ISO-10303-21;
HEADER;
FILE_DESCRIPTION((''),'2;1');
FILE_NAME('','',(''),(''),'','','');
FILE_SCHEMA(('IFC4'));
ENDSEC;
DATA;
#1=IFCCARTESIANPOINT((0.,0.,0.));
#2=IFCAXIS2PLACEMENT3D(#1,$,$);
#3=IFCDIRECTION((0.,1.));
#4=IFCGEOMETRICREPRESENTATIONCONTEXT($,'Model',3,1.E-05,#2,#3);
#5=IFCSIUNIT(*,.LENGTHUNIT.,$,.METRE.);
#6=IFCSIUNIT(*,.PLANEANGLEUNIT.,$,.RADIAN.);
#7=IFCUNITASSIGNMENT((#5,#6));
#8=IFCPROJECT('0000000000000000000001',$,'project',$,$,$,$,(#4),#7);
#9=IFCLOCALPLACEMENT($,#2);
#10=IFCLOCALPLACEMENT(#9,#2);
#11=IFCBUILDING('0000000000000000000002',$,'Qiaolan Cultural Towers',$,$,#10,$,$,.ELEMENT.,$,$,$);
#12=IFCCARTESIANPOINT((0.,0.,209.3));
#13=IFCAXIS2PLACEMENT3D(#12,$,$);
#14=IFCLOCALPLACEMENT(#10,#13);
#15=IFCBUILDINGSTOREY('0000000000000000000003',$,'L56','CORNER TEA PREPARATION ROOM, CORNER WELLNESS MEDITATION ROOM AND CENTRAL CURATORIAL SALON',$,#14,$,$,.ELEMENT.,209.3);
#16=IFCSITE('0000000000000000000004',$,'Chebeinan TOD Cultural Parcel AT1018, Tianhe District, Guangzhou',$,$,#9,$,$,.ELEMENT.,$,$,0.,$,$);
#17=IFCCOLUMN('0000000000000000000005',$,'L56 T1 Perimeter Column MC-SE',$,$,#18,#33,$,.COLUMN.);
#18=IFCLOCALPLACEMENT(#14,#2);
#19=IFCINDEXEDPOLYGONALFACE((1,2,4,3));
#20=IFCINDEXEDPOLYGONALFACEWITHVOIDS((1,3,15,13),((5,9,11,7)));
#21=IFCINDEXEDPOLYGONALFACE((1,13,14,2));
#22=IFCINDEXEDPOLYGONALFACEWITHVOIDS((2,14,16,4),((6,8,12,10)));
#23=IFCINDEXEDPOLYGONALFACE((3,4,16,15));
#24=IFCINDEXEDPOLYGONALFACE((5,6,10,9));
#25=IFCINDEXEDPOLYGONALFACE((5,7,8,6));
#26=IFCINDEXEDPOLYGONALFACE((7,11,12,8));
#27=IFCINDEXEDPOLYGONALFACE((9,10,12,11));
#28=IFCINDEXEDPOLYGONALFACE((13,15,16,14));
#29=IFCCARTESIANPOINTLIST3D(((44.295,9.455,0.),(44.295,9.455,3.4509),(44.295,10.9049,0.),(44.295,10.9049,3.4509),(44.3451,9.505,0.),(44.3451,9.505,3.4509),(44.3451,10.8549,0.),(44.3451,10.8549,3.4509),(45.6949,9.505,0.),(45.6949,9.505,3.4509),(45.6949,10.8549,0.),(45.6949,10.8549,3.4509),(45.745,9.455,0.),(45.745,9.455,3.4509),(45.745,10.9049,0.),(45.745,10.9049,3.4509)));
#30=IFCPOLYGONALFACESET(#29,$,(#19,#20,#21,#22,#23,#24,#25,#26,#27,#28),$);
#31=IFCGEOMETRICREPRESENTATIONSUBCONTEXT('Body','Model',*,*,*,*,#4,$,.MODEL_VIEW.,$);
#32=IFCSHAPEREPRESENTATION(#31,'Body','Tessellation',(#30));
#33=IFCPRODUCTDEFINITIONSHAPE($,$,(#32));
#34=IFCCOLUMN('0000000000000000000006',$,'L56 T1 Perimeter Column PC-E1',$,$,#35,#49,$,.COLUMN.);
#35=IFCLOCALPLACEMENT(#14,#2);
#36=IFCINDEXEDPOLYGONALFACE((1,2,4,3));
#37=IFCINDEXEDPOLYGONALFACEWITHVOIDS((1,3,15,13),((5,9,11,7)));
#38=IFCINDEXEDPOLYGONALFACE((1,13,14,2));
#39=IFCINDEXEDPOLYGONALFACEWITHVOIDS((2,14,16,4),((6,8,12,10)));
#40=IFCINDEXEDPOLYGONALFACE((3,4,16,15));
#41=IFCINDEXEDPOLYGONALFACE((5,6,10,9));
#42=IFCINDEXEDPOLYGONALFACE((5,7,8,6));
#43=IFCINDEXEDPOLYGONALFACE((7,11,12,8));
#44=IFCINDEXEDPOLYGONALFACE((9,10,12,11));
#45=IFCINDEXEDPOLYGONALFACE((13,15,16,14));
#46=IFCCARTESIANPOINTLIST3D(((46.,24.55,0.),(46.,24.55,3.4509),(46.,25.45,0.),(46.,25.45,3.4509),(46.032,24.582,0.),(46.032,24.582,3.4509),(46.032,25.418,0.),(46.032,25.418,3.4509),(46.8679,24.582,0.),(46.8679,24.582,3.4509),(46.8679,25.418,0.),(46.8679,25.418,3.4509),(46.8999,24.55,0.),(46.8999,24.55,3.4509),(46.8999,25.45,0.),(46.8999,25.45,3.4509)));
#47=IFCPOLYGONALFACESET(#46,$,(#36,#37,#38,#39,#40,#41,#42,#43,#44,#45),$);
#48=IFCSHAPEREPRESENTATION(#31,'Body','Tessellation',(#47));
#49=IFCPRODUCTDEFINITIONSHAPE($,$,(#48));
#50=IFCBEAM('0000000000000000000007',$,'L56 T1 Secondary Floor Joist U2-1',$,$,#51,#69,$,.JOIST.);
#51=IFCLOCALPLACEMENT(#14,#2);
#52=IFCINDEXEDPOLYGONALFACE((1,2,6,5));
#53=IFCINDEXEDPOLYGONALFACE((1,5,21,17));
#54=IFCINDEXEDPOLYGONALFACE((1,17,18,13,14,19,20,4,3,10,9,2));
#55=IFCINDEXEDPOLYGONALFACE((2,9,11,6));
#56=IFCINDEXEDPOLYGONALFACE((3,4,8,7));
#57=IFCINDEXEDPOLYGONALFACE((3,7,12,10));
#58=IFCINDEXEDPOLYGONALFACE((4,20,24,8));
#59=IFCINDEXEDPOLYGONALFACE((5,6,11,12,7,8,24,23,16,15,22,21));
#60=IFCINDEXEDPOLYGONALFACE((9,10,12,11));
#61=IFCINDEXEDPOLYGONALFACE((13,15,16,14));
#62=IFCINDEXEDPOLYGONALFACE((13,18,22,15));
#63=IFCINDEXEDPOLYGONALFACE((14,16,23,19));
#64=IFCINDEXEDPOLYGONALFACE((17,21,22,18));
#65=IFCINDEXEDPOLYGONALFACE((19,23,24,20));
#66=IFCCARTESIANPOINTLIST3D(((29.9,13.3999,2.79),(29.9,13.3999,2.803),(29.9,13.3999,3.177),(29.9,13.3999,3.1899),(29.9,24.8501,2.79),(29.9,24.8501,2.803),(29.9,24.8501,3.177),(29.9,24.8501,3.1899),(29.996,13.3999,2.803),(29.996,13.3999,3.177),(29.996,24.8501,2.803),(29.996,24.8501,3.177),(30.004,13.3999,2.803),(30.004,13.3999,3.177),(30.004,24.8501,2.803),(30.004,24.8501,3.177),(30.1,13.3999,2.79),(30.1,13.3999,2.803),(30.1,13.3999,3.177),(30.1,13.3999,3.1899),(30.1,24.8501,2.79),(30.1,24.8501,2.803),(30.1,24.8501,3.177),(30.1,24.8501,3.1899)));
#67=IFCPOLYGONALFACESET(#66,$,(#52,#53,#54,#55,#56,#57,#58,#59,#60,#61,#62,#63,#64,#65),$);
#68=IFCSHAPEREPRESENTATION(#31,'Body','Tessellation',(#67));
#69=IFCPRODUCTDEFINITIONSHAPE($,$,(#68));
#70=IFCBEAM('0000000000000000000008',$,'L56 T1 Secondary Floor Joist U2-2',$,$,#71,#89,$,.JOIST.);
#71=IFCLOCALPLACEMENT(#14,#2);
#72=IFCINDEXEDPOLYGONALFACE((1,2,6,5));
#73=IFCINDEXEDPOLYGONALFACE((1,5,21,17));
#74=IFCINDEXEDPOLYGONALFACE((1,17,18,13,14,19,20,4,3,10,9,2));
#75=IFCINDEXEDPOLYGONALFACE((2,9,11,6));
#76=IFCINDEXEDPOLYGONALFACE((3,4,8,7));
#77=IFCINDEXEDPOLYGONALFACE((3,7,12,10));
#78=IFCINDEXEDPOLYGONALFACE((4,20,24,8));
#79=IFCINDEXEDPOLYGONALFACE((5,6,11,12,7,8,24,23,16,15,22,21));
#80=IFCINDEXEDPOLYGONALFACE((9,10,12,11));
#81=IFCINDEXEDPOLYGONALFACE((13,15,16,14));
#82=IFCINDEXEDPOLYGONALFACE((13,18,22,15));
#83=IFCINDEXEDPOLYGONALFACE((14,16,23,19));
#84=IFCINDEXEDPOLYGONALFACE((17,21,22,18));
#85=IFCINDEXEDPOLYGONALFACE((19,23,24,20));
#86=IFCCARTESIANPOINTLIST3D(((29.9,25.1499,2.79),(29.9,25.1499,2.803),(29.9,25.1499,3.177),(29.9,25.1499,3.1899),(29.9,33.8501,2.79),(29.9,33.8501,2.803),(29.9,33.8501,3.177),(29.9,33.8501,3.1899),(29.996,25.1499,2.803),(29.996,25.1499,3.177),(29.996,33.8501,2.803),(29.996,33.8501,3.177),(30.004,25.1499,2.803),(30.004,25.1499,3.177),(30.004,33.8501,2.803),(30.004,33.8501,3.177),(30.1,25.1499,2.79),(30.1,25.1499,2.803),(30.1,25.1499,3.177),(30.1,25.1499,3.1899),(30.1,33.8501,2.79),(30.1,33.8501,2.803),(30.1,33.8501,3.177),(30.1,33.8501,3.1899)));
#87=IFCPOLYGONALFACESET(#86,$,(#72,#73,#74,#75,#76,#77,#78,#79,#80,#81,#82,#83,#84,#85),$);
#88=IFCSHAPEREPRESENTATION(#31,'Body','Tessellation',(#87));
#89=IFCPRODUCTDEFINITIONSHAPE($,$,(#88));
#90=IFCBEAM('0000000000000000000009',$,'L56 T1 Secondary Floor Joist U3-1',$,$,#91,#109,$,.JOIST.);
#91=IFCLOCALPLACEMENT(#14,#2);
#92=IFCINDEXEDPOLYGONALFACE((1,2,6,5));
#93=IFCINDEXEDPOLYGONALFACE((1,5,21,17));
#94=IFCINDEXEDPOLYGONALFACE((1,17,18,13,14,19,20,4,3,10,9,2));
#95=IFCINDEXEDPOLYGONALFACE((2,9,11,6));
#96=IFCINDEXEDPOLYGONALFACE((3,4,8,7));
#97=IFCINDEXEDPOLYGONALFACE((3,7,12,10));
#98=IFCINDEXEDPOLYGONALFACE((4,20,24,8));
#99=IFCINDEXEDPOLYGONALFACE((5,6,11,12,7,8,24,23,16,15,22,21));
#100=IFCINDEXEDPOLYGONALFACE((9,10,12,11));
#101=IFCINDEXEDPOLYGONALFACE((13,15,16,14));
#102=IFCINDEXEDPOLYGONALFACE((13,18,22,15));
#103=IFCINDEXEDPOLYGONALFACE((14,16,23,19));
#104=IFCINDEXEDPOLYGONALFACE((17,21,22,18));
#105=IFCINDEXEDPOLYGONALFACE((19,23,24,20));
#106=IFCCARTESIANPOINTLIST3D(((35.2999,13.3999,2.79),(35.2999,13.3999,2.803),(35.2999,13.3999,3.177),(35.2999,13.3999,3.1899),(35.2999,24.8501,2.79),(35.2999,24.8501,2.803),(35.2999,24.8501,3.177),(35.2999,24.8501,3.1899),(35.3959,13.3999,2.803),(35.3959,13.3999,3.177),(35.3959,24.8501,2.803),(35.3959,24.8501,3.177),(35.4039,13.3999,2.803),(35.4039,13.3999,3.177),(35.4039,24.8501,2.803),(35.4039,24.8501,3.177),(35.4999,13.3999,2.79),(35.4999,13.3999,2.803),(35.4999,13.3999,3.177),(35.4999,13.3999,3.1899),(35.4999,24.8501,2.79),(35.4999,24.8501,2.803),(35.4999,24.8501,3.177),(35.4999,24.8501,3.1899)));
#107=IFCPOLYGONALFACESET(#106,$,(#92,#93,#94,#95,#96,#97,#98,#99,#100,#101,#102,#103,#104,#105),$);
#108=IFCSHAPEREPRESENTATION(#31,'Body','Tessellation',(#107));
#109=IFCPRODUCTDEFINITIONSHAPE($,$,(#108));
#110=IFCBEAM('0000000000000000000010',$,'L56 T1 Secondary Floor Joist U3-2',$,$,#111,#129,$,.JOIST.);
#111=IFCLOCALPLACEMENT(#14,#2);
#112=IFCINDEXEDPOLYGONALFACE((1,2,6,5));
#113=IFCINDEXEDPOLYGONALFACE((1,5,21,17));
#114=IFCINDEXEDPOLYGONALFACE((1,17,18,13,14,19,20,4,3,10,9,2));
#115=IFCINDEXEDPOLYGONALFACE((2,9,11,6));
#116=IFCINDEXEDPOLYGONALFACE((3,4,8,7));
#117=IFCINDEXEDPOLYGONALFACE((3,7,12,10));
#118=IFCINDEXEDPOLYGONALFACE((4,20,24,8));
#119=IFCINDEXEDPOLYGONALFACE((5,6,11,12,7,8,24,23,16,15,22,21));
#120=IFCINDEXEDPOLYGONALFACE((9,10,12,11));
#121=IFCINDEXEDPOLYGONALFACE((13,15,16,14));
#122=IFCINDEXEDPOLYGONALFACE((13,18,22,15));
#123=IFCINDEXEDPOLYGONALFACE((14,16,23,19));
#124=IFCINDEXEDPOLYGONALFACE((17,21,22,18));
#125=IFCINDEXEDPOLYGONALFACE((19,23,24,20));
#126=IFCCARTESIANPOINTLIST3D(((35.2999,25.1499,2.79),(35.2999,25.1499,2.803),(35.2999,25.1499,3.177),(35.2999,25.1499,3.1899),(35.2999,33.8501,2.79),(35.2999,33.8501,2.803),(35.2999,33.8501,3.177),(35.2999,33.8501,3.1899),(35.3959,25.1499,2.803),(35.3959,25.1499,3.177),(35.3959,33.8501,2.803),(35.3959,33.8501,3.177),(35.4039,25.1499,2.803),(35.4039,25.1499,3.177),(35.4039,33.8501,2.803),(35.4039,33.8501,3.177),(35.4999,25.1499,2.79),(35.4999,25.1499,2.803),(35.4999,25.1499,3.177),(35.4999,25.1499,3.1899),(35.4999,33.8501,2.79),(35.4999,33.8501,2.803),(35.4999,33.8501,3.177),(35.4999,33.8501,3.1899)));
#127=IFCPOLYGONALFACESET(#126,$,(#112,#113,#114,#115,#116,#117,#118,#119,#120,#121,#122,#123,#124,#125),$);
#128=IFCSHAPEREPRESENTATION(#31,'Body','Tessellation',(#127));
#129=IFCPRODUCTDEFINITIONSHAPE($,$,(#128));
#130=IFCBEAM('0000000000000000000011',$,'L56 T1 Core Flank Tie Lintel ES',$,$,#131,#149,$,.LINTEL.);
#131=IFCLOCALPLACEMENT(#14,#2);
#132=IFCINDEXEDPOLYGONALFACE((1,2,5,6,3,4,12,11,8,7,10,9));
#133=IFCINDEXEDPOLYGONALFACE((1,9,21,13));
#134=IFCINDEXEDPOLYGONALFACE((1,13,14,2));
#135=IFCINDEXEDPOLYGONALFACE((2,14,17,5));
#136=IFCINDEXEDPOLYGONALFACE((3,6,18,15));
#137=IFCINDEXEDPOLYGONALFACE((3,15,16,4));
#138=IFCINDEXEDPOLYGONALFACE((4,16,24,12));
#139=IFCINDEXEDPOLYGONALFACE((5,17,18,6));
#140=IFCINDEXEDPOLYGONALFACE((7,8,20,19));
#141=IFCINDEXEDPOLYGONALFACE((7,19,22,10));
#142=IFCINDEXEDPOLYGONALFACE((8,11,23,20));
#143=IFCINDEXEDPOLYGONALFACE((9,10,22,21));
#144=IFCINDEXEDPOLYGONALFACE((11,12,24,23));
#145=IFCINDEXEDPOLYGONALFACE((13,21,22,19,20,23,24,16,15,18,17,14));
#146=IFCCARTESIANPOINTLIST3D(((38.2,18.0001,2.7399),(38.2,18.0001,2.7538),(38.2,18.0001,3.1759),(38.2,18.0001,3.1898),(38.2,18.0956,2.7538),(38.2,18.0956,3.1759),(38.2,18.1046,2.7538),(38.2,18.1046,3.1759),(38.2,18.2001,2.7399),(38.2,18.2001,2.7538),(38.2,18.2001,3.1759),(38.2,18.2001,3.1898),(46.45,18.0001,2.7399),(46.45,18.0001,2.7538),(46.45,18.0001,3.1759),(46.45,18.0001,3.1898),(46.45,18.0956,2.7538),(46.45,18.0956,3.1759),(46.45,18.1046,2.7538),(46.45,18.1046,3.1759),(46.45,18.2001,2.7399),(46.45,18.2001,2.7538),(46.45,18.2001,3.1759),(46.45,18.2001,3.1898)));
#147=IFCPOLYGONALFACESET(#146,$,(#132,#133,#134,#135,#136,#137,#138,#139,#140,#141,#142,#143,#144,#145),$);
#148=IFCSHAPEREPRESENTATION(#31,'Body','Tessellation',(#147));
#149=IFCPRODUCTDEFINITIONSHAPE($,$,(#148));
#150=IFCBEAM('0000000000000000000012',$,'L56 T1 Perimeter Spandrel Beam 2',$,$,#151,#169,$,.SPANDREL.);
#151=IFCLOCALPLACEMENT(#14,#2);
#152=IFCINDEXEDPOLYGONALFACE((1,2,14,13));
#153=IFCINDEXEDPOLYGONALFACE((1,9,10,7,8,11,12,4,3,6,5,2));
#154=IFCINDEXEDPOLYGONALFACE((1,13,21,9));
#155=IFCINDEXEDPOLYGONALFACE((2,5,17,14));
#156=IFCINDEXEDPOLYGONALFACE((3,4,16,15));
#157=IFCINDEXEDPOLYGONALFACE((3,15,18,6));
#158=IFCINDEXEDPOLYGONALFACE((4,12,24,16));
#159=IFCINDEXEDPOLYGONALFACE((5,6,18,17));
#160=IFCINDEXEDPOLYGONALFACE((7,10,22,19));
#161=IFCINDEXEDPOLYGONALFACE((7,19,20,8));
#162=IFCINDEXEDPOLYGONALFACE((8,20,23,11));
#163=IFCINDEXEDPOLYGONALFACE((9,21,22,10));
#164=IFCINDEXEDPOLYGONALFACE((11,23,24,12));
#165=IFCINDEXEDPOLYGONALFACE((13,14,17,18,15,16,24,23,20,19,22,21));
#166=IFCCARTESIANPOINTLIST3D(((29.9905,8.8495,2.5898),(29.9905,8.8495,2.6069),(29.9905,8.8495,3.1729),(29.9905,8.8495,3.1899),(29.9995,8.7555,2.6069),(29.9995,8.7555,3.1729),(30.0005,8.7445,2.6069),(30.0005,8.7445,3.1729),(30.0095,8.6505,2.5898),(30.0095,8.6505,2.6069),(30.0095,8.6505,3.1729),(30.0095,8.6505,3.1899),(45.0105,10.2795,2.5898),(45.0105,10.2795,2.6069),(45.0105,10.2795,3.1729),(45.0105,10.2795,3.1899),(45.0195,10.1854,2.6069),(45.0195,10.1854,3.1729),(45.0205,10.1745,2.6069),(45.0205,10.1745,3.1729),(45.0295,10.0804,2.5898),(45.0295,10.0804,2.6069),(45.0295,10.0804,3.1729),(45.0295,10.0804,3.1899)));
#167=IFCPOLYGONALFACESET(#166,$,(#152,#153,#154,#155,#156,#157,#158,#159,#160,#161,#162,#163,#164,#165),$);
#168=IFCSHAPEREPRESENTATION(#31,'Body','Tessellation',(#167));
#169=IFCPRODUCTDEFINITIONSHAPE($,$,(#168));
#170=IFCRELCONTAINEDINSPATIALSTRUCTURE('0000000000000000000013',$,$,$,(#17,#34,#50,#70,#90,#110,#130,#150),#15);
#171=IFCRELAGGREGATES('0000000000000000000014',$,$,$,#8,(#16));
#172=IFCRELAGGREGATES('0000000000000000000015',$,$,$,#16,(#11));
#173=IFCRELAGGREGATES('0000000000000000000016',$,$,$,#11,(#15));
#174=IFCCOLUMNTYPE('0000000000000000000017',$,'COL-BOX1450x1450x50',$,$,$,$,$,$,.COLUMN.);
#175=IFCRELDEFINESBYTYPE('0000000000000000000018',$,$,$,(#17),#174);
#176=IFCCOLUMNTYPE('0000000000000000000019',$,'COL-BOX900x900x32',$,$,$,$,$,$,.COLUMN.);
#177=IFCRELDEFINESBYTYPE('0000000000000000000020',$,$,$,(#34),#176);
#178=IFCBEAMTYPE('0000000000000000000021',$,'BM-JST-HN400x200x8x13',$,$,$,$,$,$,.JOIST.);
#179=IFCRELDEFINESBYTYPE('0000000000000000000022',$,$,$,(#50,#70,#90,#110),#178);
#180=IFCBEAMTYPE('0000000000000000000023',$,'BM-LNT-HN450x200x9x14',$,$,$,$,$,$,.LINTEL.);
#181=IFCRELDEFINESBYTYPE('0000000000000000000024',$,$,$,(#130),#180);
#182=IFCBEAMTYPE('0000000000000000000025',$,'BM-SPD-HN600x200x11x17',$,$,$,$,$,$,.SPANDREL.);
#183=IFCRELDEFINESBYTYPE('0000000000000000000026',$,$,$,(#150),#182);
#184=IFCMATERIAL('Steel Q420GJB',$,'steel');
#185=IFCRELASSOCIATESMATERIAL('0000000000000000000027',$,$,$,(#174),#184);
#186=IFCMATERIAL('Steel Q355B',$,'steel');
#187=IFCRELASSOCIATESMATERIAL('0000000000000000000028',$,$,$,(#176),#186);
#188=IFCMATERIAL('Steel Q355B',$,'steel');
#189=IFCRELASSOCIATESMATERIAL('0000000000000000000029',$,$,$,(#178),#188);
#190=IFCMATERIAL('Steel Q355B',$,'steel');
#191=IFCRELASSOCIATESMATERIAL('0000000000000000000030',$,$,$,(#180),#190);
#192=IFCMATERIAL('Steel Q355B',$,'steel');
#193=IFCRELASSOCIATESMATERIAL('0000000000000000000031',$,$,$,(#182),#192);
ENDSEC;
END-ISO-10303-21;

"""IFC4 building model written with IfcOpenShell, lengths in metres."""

from ifc_helpers import new_model, si_unit, direction, frame, origin, origin_2d, place, context, subcontext, project, spatial, hollow_rectangle, i_section, extrude, material, material_profile, profile_set, type_object, element, save


model = new_model("IFC4")

# Units and contexts
model_context = context("Model", 3, precision=1e-05, world=origin(), true_north=direction((0.0, 1.0)))
body_context = subcontext(model_context, "Body", "Model", "MODEL_VIEW")
ifc_project = project(units=[si_unit("LENGTHUNIT", "METRE"), si_unit("PLANEANGLEUNIT", "RADIAN")], contexts=[model_context])

# Site, building, storey
site_placement = place(None, origin())
site = spatial("IfcSite", under=ifc_project, at=site_placement, Name="Chebeinan TOD Cultural Parcel AT1018, Tianhe District, Guangzhou", CompositionType="ELEMENT", RefElevation=0.0)
building_placement = place(site_placement, origin())
building = spatial("IfcBuilding", under=site, at=building_placement, Name="Qiaolan Cultural Towers", CompositionType="ELEMENT")
storey_placement = place(building_placement, frame((0.0, 0.0, 209.3)))
storey = spatial("IfcBuildingStorey", under=building, at=storey_placement, Name="L56", Description="CORNER TEA PREPARATION ROOM, CORNER WELLNESS MEDITATION ROOM AND CENTRAL CURATORIAL SALON", CompositionType="ELEMENT", Elevation=209.3)

# Columns
ifc_material_1 = material(Name="Steel Q420GJB", Category="steel")
ifc_material_profile_1 = material_profile(ifc_material_1, hollow_rectangle(XDim=1.45, YDim=1.45, WallThickness=0.05, at=origin_2d()), Name="BOX1450x1450x50")
ifc_profile_set_1 = profile_set([ifc_material_profile_1], Name="Steel Q420GJB")
column_type_1 = type_object("IfcColumnType", Name="COL-BOX1450x1450x50", PredefinedType="COLUMN", material=ifc_profile_set_1)
column_1_placement = place(storey_placement, frame((45.02, 10.1799, 0.0), z_axis=(0.0, 0.0, 1.0), x_axis=(1.0, 0.0, 0.0)))
element("IfcColumn", 1, at=column_1_placement, inside=storey, type_object=column_type_1, Name="L56 T1 Perimeter Column MC-SE", PredefinedType="COLUMN", context=body_context, shape_type="SweptSolid", body=[
    extrude(hollow_rectangle(XDim=1.45, YDim=1.45, WallThickness=0.05, at=origin_2d()), origin(), (0.0, 0.0, 1.0), 3.4509),
])
ifc_material_2 = material(Name="Steel Q355B", Category="steel")
ifc_material_profile_2 = material_profile(ifc_material_2, hollow_rectangle(XDim=0.8999, YDim=0.8999, WallThickness=0.032, at=origin_2d()), Name="BOX900x900x32")
ifc_profile_set_2 = profile_set([ifc_material_profile_2], Name="Steel Q355B")
column_type_2 = type_object("IfcColumnType", Name="COL-BOX900x900x32", PredefinedType="COLUMN", material=ifc_profile_set_2)
column_2_placement = place(storey_placement, frame((46.45, 25.0, 0.0), z_axis=(0.0, 0.0, 1.0), x_axis=(1.0, 0.0, 0.0)))
element("IfcColumn", 2, at=column_2_placement, inside=storey, type_object=column_type_2, Name="L56 T1 Perimeter Column PC-E1", PredefinedType="COLUMN", context=body_context, shape_type="SweptSolid", body=[
    extrude(hollow_rectangle(XDim=0.8999, YDim=0.8999, WallThickness=0.032, at=origin_2d()), origin(), (0.0, 0.0, 1.0), 3.4509),
])

# Beams
ifc_material_3 = material(Name="Steel Q355B", Category="steel")
ifc_material_profile_3 = material_profile(ifc_material_3, i_section(OverallWidth=0.2, OverallDepth=0.3999, WebThickness=0.0081, FlangeThickness=0.0129, at=origin_2d()), Name="HN400x200x8x13")
ifc_profile_set_3 = profile_set([ifc_material_profile_3], Name="Steel Q355B")
beam_type_1 = type_object("IfcBeamType", Name="BM-JST-HN400x200x8x13", PredefinedType="JOIST", material=ifc_profile_set_3)
beam_1_placement = place(storey_placement, frame((30.0, 13.3999, 2.99), z_axis=(0.0, 1.0, 0.0), x_axis=(-1.0, 0.0, 0.0)))
element("IfcBeam", 3, at=beam_1_placement, inside=storey, type_object=beam_type_1, Name="L56 T1 Secondary Floor Joist U2-1", PredefinedType="JOIST", context=body_context, shape_type="SweptSolid", body=[
    extrude(i_section(OverallWidth=0.2, OverallDepth=0.3999, WebThickness=0.0081, FlangeThickness=0.0129, at=origin_2d()), origin(), (0.0, 0.0, 1.0), 11.4502),
])
beam_2_placement = place(storey_placement, frame((30.0, 25.1499, 2.99), z_axis=(0.0, 1.0, 0.0), x_axis=(-1.0, 0.0, 0.0)))
element("IfcBeam", 4, at=beam_2_placement, inside=storey, type_object=beam_type_1, Name="L56 T1 Secondary Floor Joist U2-2", PredefinedType="JOIST", context=body_context, shape_type="SweptSolid", body=[
    extrude(i_section(OverallWidth=0.2, OverallDepth=0.3999, WebThickness=0.0081, FlangeThickness=0.0129, at=origin_2d()), origin(), (0.0, 0.0, 1.0), 8.7002),
])
beam_3_placement = place(storey_placement, frame((35.3999, 13.3999, 2.99), z_axis=(0.0, 1.0, 0.0), x_axis=(-1.0, 0.0, 0.0)))
element("IfcBeam", 5, at=beam_3_placement, inside=storey, type_object=beam_type_1, Name="L56 T1 Secondary Floor Joist U3-1", PredefinedType="JOIST", context=body_context, shape_type="SweptSolid", body=[
    extrude(i_section(OverallWidth=0.2, OverallDepth=0.3999, WebThickness=0.0081, FlangeThickness=0.0129, at=origin_2d()), origin(), (0.0, 0.0, 1.0), 11.4502),
])
beam_4_placement = place(storey_placement, frame((35.3999, 25.1499, 2.99), z_axis=(0.0, 1.0, 0.0), x_axis=(-1.0, 0.0, 0.0)))
element("IfcBeam", 6, at=beam_4_placement, inside=storey, type_object=beam_type_1, Name="L56 T1 Secondary Floor Joist U3-2", PredefinedType="JOIST", context=body_context, shape_type="SweptSolid", body=[
    extrude(i_section(OverallWidth=0.2, OverallDepth=0.3999, WebThickness=0.0081, FlangeThickness=0.0129, at=origin_2d()), origin(), (0.0, 0.0, 1.0), 8.7002),
])
ifc_material_4 = material(Name="Steel Q355B", Category="steel")
ifc_material_profile_4 = material_profile(ifc_material_4, i_section(OverallWidth=0.2, OverallDepth=0.45, WebThickness=0.009, FlangeThickness=0.0139, at=origin_2d()), Name="HN450x200x9x14")
ifc_profile_set_4 = profile_set([ifc_material_profile_4], Name="Steel Q355B")
beam_type_2 = type_object("IfcBeamType", Name="BM-LNT-HN450x200x9x14", PredefinedType="LINTEL", material=ifc_profile_set_4)
beam_5_placement = place(storey_placement, frame((38.2, 18.1001, 2.9648), z_axis=(1.0, 0.0, 0.0), x_axis=(0.0, 1.0, 0.0)))
element("IfcBeam", 7, at=beam_5_placement, inside=storey, type_object=beam_type_2, Name="L56 T1 Core Flank Tie Lintel ES", PredefinedType="LINTEL", context=body_context, shape_type="SweptSolid", body=[
    extrude(i_section(OverallWidth=0.2, OverallDepth=0.45, WebThickness=0.009, FlangeThickness=0.0139, at=origin_2d()), origin(), (0.0, 0.0, 1.0), 8.25),
])
ifc_material_5 = material(Name="Steel Q355B", Category="steel")
ifc_material_profile_5 = material_profile(ifc_material_5, i_section(OverallWidth=0.2, OverallDepth=0.6001, WebThickness=0.011, FlangeThickness=0.0171, at=origin_2d()), Name="HN600x200x11x17")
ifc_profile_set_5 = profile_set([ifc_material_profile_5], Name="Steel Q355B")
beam_type_3 = type_object("IfcBeamType", Name="BM-SPD-HN600x200x11x17", PredefinedType="SPANDREL", material=ifc_profile_set_5)
beam_6_placement = place(storey_placement, frame((30.0, 8.75, 2.8899), z_axis=(0.995499, 0.094773, 0.0), x_axis=(-0.094773, 0.995499, 0.0)))
element("IfcBeam", 8, at=beam_6_placement, inside=storey, type_object=beam_type_3, Name="L56 T1 Perimeter Spandrel Beam 2", PredefinedType="SPANDREL", context=body_context, shape_type="SweptSolid", body=[
    extrude(i_section(OverallWidth=0.2, OverallDepth=0.6001, WebThickness=0.011, FlangeThickness=0.0171, at=origin_2d()), origin(), (0.0, 0.0, 1.0), 15.0879),
])

save(model, "model.ifc")
